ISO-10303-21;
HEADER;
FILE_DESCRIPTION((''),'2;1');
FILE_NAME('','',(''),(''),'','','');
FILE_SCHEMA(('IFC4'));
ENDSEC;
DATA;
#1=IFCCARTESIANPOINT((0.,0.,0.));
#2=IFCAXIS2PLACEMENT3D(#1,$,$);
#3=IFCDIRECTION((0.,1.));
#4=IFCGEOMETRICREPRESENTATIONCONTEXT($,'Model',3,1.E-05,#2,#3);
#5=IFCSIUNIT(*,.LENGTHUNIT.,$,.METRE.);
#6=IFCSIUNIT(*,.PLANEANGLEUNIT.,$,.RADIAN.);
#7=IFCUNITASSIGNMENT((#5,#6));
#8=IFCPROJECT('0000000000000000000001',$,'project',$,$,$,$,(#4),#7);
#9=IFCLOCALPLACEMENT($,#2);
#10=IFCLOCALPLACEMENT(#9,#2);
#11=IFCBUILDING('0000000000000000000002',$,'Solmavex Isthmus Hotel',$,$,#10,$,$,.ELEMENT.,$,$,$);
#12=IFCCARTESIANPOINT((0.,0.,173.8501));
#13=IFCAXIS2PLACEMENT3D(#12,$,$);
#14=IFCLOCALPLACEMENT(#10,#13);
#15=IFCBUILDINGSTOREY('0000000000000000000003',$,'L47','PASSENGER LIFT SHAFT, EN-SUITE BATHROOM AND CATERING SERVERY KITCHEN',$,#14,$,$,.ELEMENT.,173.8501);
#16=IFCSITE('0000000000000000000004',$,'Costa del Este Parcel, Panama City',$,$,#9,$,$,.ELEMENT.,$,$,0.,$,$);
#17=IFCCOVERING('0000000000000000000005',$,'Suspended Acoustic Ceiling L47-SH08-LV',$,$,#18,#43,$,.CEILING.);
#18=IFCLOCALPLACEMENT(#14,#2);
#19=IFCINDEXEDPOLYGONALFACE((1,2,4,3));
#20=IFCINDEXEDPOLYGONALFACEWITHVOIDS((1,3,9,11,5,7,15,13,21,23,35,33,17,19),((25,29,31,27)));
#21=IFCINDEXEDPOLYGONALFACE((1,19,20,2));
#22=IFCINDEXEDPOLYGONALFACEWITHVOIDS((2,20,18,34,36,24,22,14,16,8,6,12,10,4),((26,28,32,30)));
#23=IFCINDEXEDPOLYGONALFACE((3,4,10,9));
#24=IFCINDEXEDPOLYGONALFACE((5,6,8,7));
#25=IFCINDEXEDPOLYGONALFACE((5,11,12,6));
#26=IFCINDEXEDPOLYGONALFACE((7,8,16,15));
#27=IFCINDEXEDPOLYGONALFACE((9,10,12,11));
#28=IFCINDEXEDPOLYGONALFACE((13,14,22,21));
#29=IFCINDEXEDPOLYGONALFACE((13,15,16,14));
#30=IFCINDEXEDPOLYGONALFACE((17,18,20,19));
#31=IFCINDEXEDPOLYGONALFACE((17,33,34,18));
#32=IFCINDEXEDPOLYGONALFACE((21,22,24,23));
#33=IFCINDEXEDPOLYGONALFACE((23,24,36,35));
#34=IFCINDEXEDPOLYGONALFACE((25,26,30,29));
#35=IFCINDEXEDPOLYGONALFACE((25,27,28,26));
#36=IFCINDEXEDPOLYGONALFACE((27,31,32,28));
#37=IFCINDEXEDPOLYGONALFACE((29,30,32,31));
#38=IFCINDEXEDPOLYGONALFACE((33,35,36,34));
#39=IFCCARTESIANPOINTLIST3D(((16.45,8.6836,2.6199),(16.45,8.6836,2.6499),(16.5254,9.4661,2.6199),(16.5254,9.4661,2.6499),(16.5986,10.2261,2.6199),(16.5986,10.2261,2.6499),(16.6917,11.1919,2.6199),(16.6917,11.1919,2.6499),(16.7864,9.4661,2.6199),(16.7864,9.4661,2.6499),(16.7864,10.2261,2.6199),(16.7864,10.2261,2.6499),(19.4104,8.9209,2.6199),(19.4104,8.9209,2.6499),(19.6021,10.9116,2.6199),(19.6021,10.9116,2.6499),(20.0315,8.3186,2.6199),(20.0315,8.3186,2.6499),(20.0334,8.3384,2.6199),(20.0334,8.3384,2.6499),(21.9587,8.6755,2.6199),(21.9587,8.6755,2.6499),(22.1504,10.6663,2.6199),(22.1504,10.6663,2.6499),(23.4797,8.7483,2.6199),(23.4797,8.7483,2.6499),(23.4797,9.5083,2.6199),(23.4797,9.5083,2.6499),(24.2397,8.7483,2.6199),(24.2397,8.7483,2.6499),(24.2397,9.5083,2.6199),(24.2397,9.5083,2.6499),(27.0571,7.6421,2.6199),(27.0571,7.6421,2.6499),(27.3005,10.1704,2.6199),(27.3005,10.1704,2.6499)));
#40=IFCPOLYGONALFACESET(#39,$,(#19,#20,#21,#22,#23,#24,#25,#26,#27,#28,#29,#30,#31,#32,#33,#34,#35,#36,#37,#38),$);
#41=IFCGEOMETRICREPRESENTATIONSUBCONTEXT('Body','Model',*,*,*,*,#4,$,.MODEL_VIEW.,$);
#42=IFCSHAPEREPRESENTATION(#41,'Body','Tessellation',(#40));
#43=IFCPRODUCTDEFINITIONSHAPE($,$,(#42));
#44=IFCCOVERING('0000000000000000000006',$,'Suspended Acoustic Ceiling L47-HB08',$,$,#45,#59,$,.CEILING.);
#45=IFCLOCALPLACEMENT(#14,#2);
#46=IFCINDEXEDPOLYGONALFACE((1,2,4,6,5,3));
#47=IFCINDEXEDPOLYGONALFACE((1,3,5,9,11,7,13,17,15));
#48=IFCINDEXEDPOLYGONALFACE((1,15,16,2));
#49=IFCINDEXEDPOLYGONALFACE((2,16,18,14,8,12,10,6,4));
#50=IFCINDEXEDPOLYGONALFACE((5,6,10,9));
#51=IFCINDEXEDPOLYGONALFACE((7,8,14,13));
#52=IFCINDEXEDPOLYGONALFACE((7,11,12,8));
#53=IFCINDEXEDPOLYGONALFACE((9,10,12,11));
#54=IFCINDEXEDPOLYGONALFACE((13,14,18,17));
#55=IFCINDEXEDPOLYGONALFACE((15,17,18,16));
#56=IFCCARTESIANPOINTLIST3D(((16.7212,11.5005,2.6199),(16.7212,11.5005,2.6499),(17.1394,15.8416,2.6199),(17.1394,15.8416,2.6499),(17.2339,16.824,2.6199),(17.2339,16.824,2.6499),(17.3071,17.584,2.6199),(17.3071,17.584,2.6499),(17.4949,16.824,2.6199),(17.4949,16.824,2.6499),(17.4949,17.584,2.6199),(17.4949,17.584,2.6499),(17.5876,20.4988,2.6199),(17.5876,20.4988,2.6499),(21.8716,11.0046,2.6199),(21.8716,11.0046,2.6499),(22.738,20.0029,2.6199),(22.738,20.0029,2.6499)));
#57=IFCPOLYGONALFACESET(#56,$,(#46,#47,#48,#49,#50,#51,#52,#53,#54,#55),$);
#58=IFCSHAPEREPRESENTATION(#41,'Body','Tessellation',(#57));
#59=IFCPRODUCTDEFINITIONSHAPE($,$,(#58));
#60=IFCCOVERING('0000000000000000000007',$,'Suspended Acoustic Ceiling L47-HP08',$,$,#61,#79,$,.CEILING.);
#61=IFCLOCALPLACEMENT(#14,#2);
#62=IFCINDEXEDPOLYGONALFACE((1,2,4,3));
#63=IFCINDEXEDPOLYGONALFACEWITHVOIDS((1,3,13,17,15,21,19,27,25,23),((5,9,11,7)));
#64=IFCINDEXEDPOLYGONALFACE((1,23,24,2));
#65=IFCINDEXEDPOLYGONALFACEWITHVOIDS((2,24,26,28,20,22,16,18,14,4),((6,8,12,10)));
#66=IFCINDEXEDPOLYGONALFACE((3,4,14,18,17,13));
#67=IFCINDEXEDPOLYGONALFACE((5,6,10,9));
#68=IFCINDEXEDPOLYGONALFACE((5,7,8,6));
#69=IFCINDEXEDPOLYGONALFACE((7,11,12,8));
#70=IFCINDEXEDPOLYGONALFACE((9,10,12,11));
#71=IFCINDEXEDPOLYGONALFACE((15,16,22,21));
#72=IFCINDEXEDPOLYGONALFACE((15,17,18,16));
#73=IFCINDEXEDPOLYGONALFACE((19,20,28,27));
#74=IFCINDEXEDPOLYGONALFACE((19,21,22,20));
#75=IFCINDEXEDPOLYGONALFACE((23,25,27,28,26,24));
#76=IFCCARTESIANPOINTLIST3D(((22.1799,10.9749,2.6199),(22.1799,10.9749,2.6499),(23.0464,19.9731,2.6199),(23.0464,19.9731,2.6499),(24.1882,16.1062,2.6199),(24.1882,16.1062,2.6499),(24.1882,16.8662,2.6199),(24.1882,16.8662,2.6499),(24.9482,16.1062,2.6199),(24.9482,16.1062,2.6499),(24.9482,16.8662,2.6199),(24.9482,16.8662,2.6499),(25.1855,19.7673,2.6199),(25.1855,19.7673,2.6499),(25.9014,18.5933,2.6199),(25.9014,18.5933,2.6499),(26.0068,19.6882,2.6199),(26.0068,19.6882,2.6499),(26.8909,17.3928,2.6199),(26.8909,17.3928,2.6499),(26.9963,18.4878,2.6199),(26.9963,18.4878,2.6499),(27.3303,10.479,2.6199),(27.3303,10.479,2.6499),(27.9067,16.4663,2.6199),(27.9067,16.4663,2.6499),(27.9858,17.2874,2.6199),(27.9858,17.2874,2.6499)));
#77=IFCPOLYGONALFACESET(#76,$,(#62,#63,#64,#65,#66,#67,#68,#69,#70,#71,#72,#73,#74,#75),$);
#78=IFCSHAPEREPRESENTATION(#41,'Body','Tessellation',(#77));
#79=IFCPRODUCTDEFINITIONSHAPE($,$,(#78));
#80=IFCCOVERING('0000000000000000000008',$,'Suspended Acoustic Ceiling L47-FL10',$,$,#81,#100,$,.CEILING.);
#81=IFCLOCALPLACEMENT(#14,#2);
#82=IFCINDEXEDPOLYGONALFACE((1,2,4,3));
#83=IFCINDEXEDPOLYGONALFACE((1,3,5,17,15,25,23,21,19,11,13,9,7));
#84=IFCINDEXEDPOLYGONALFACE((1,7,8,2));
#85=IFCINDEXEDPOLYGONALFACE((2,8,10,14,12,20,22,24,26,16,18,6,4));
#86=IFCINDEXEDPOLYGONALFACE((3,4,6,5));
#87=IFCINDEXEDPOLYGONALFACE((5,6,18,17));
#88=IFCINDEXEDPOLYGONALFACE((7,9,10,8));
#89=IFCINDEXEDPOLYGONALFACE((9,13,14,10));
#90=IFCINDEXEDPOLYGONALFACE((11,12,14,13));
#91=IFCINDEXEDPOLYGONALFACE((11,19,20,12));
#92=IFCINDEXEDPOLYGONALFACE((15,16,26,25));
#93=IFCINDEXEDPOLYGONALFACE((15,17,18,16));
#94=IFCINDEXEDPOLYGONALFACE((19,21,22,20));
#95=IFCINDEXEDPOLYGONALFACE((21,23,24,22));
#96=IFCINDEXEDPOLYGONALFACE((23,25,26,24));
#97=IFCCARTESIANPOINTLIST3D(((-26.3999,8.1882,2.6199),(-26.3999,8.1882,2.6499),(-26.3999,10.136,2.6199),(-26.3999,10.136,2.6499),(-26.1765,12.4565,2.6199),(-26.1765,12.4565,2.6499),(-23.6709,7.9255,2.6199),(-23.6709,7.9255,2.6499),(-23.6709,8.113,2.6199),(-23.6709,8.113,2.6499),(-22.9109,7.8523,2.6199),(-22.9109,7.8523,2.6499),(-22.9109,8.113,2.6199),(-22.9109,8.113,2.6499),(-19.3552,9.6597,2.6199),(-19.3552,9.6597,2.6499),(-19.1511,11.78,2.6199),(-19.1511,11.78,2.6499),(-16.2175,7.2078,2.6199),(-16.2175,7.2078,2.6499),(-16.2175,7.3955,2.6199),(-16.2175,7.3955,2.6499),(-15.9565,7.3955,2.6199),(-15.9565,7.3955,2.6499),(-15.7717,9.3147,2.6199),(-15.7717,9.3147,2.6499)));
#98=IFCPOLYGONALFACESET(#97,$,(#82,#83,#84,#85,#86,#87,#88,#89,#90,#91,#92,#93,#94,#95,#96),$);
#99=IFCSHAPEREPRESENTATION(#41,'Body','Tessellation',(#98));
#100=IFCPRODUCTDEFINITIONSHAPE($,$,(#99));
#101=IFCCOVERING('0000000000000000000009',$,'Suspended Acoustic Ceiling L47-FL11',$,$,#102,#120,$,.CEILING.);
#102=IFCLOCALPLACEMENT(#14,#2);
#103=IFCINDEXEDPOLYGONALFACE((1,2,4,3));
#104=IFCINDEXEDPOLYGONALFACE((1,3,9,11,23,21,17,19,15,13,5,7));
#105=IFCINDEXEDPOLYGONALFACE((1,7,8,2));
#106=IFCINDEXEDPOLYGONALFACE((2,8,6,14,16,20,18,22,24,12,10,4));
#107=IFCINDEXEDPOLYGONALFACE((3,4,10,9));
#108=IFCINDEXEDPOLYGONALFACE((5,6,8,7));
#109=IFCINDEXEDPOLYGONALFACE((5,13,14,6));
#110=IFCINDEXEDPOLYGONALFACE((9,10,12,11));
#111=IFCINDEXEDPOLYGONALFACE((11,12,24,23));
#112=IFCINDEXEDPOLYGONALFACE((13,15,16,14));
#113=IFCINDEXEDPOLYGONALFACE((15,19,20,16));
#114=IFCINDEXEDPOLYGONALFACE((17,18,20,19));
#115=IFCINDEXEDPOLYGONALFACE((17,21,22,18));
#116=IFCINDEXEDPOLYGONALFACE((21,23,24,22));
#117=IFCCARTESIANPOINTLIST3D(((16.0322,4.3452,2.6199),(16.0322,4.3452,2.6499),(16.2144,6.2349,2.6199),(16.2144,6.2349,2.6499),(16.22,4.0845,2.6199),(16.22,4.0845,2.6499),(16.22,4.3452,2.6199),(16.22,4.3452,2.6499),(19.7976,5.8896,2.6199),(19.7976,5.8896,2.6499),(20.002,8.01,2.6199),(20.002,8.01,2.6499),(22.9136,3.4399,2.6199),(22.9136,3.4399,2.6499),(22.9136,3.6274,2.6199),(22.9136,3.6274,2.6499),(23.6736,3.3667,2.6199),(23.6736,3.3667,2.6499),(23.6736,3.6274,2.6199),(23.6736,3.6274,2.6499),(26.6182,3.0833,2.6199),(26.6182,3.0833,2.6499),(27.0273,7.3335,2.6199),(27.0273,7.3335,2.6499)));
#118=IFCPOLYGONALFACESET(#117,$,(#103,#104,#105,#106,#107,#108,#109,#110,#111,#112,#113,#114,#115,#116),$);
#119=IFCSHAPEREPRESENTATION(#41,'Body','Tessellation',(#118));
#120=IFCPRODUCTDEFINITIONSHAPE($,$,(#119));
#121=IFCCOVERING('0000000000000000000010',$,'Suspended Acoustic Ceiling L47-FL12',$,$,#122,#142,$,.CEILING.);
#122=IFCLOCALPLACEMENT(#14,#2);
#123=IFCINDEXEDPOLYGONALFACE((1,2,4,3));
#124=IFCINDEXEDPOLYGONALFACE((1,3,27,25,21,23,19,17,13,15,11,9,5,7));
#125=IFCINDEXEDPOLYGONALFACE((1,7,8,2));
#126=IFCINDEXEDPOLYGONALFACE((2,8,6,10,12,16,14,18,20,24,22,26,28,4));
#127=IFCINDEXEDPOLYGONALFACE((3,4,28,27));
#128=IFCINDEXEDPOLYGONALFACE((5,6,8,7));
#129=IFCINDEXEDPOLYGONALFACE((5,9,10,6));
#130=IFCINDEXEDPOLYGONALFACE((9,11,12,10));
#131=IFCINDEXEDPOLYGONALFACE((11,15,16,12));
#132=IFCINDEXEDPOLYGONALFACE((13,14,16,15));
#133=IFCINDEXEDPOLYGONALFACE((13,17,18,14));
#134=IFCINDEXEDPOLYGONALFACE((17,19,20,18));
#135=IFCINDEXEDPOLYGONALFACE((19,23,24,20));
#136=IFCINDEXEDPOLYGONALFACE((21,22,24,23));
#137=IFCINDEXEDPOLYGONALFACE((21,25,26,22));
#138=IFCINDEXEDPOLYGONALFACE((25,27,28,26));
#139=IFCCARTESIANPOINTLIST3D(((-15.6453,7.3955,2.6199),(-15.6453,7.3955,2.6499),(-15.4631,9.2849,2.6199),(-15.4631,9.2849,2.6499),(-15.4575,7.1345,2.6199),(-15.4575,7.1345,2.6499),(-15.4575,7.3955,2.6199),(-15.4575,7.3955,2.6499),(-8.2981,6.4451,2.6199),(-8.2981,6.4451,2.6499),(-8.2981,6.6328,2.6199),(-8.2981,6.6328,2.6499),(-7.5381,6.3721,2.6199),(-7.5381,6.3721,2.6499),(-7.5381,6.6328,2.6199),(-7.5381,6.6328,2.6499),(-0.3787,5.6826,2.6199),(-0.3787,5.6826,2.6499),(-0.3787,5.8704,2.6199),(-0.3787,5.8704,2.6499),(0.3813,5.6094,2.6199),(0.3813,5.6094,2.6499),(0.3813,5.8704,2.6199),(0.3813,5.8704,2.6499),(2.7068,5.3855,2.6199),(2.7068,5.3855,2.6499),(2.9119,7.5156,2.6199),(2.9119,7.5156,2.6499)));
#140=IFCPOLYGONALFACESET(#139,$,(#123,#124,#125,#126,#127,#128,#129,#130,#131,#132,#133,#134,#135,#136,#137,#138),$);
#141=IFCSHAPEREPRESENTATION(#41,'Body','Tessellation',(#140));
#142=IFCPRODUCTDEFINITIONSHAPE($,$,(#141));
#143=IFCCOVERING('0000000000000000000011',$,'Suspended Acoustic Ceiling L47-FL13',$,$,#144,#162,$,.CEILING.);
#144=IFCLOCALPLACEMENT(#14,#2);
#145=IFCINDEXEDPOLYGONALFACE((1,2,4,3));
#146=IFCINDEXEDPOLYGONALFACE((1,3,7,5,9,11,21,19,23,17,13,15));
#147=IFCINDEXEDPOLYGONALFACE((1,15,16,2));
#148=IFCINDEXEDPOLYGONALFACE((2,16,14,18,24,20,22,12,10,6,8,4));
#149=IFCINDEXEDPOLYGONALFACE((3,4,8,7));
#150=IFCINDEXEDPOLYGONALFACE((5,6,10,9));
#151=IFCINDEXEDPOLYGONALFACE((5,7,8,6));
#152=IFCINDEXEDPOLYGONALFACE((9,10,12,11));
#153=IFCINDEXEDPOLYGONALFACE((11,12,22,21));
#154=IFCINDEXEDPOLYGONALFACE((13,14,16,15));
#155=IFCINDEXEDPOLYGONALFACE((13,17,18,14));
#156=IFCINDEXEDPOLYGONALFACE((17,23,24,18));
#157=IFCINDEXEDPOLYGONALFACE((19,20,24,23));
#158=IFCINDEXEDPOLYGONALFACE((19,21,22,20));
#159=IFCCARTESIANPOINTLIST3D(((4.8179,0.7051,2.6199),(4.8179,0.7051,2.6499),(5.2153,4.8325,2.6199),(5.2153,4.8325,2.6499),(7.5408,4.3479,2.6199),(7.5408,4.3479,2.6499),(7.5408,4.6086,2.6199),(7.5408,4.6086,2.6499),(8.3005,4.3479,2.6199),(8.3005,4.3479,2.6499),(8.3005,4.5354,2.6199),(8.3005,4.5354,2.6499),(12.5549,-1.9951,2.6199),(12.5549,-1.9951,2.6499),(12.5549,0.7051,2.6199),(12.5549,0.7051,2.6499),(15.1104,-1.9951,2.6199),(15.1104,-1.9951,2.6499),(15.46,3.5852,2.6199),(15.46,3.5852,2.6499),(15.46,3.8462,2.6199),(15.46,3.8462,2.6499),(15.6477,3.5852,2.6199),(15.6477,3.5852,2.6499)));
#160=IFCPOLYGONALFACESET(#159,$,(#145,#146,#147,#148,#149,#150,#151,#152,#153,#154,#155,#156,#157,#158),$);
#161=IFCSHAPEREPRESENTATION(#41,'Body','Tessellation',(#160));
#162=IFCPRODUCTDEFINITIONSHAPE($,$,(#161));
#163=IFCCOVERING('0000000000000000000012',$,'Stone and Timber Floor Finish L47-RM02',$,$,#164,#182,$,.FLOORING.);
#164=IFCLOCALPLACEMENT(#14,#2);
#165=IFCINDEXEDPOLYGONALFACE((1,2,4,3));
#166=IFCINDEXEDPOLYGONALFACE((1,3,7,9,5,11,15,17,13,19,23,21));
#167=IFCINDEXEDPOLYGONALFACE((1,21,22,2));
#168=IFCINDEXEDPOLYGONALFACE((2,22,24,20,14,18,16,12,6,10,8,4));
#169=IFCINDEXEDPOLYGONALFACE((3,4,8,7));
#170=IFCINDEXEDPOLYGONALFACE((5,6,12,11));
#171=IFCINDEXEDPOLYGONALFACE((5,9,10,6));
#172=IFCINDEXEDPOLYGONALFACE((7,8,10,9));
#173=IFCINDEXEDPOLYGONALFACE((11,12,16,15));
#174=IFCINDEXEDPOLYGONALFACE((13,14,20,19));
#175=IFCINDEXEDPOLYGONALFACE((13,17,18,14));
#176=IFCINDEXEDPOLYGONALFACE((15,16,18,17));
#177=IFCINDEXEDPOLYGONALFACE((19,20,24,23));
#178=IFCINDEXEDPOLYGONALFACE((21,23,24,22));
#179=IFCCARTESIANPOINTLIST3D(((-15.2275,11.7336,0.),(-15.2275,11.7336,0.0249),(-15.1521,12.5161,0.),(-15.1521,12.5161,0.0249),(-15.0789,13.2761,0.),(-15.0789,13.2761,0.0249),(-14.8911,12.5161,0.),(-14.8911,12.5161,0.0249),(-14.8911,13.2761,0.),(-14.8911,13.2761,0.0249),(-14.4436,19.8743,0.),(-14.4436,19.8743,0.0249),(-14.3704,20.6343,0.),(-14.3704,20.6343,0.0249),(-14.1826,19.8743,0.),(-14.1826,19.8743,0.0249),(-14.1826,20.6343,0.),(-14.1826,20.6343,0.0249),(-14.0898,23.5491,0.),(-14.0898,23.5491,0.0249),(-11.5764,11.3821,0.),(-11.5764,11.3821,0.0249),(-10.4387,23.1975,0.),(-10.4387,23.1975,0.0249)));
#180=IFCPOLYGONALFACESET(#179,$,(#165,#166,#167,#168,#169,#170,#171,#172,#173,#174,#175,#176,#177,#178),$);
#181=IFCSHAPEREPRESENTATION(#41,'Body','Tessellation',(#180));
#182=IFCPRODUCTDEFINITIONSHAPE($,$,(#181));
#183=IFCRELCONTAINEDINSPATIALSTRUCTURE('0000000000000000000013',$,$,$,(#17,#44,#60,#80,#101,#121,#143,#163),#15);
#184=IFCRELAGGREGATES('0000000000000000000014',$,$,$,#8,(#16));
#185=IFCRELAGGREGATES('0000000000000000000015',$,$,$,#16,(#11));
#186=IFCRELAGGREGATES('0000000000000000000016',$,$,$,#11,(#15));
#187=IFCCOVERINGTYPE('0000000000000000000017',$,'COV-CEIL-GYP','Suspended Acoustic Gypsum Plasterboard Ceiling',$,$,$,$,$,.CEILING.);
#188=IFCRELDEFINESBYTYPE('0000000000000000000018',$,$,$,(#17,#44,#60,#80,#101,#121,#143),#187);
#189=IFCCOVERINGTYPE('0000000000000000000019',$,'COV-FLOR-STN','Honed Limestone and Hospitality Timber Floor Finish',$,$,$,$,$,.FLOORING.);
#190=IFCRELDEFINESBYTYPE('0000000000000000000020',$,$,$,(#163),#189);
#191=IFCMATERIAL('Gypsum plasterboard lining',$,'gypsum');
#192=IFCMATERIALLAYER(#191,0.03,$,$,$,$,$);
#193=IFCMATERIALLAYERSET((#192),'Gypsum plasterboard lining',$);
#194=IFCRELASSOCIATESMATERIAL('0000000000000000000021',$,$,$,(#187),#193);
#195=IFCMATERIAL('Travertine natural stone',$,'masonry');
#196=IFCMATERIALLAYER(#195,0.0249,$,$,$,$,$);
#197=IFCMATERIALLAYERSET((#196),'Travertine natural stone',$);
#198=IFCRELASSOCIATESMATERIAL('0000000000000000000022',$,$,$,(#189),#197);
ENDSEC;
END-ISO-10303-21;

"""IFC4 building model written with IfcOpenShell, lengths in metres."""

from ifc_helpers import new_model, si_unit, direction, frame, origin, place, context, subcontext, project, spatial, polyline, outline, extrude, material, layer, layer_set, type_object, element, save


model = new_model("IFC4")

# Units and contexts
model_context = context("Model", 3, precision=1e-05, world=origin(), true_north=direction((0.0, 1.0)))
body_context = subcontext(model_context, "Body", "Model", "MODEL_VIEW")
ifc_project = project(units=[si_unit("LENGTHUNIT", "METRE"), si_unit("PLANEANGLEUNIT", "RADIAN")], contexts=[model_context])

# Site, building, storey
site_placement = place(None, origin())
site = spatial("IfcSite", under=ifc_project, at=site_placement, Name="Costa del Este Parcel, Panama City", CompositionType="ELEMENT", RefElevation=0.0)
building_placement = place(site_placement, origin())
building = spatial("IfcBuilding", under=site, at=building_placement, Name="Solmavex Isthmus Hotel", CompositionType="ELEMENT")
storey_placement = place(building_placement, frame((0.0, 0.0, 173.8501)))
storey = spatial("IfcBuildingStorey", under=building, at=storey_placement, Name="L47", Description="PASSENGER LIFT SHAFT, EN-SUITE BATHROOM AND CATERING SERVERY KITCHEN", CompositionType="ELEMENT", Elevation=173.8501)

# Shared definitions
ifc_material_1 = material(Name="Gypsum plasterboard lining", Category="gypsum")

# Coverings
ifc_layer_1 = layer(ifc_material_1, 0.03)
ifc_layer_set_1 = layer_set([ifc_layer_1], Name="Gypsum plasterboard lining")
covering_type_1 = type_object("IfcCoveringType", Name="COV-CEIL-GYP", Description="Suspended Acoustic Gypsum Plasterboard Ceiling", PredefinedType="CEILING", material=ifc_layer_set_1)
covering_1_placement = place(storey_placement, frame((0.0, 0.0, 2.6199)))
element("IfcCovering", 1, at=covering_1_placement, inside=storey, type_object=covering_type_1, Name="Suspended Acoustic Ceiling L47-SH08-LV", PredefinedType="CEILING", context=body_context, shape_type="SweptSolid", body=[
    extrude(outline(polyline([(16.5986, 10.2261), (16.7864, 10.2261), (16.7864, 9.4661), (16.5254, 9.4661), (16.45, 8.6836), (20.0334, 8.3384), (20.0315, 8.3186), (27.0571, 7.6421), (27.3005, 10.1704), (22.1504, 10.6663), (21.9587, 8.6755), (19.4104, 8.9209), (19.6021, 10.9116), (16.6917, 11.1919), (16.5986, 10.2261)]), holes=[polyline([(23.4797, 8.7483), (23.4797, 9.5083), (24.2397, 9.5083), (24.2397, 8.7483), (23.4797, 8.7483)])]), origin(), (0.0, 0.0, 1.0), 0.03),
])
covering_2_placement = place(storey_placement, frame((0.0, 0.0, 2.6199)))
element("IfcCovering", 2, at=covering_2_placement, inside=storey, type_object=covering_type_1, Name="Suspended Acoustic Ceiling L47-HB08", PredefinedType="CEILING", context=body_context, shape_type="SweptSolid", body=[
    extrude(outline(polyline([(17.3071, 17.584), (17.4949, 17.584), (17.4949, 16.824), (17.2339, 16.824), (17.1394, 15.8416), (16.7212, 11.5005), (21.8716, 11.0046), (22.738, 20.0029), (17.5876, 20.4988), (17.3071, 17.584)])), origin(), (0.0, 0.0, 1.0), 0.03),
])
covering_3_placement = place(storey_placement, frame((0.0, 0.0, 2.6199)))
element("IfcCovering", 3, at=covering_3_placement, inside=storey, type_object=covering_type_1, Name="Suspended Acoustic Ceiling L47-HP08", PredefinedType="CEILING", context=body_context, shape_type="SweptSolid", body=[
    extrude(outline(polyline([(26.0068, 19.6882), (25.1855, 19.7673), (23.0464, 19.9731), (22.1799, 10.9749), (27.3303, 10.479), (27.9067, 16.4663), (27.9858, 17.2874), (26.8909, 17.3928), (26.9963, 18.4878), (25.9014, 18.5933), (26.0068, 19.6882)]), holes=[polyline([(24.1882, 16.1062), (24.1882, 16.8662), (24.9482, 16.8662), (24.9482, 16.1062), (24.1882, 16.1062)])]), origin(), (0.0, 0.0, 1.0), 0.03),
])
covering_4_placement = place(storey_placement, frame((0.0, 0.0, 2.6199)))
element("IfcCovering", 4, at=covering_4_placement, inside=storey, type_object=covering_type_1, Name="Suspended Acoustic Ceiling L47-FL10", PredefinedType="CEILING", context=body_context, shape_type="SweptSolid", body=[
    extrude(outline(polyline([(-16.2175, 7.2078), (-16.2175, 7.3955), (-15.9565, 7.3955), (-15.7717, 9.3147), (-19.3552, 9.6597), (-19.1511, 11.78), (-26.1765, 12.4565), (-26.3999, 10.136), (-26.3999, 8.1882), (-23.6709, 7.9255), (-23.6709, 8.113), (-22.9109, 8.113), (-22.9109, 7.8523), (-16.2175, 7.2078)])), origin(), (0.0, 0.0, 1.0), 0.03),
])
covering_5_placement = place(storey_placement, frame((0.0, 0.0, 2.6199)))
element("IfcCovering", 5, at=covering_5_placement, inside=storey, type_object=covering_type_1, Name="Suspended Acoustic Ceiling L47-FL11", PredefinedType="CEILING", context=body_context, shape_type="SweptSolid", body=[
    extrude(outline(polyline([(22.9136, 3.4399), (22.9136, 3.6274), (23.6736, 3.6274), (23.6736, 3.3667), (26.6182, 3.0833), (27.0273, 7.3335), (20.002, 8.01), (19.7976, 5.8896), (16.2144, 6.2349), (16.0322, 4.3452), (16.22, 4.3452), (16.22, 4.0845), (22.9136, 3.4399)])), origin(), (0.0, 0.0, 1.0), 0.03),
])
covering_6_placement = place(storey_placement, frame((0.0, 0.0, 2.6199)))
element("IfcCovering", 6, at=covering_6_placement, inside=storey, type_object=covering_type_1, Name="Suspended Acoustic Ceiling L47-FL12", PredefinedType="CEILING", context=body_context, shape_type="SweptSolid", body=[
    extrude(outline(polyline([(-0.3787, 5.6826), (-0.3787, 5.8704), (0.3813, 5.8704), (0.3813, 5.6094), (2.7068, 5.3855), (2.9119, 7.5156), (-15.4631, 9.2849), (-15.6453, 7.3955), (-15.4575, 7.3955), (-15.4575, 7.1345), (-8.2981, 6.4451), (-8.2981, 6.6328), (-7.5381, 6.6328), (-7.5381, 6.3721), (-0.3787, 5.6826)])), origin(), (0.0, 0.0, 1.0), 0.03),
])
covering_7_placement = place(storey_placement, frame((0.0, 0.0, 2.6199)))
element("IfcCovering", 7, at=covering_7_placement, inside=storey, type_object=covering_type_1, Name="Suspended Acoustic Ceiling L47-FL13", PredefinedType="CEILING", context=body_context, shape_type="SweptSolid", body=[
    extrude(outline(polyline([(8.3005, 4.5354), (8.3005, 4.3479), (7.5408, 4.3479), (7.5408, 4.6086), (5.2153, 4.8325), (4.8179, 0.7051), (12.5549, 0.7051), (12.5549, -1.9951), (15.1104, -1.9951), (15.6477, 3.5852), (15.46, 3.5852), (15.46, 3.8462), (8.3005, 4.5354)])), origin(), (0.0, 0.0, 1.0), 0.03),
])
ifc_material_2 = material(Name="Travertine natural stone", Category="masonry")
ifc_layer_2 = layer(ifc_material_2, 0.0249)
ifc_layer_set_2 = layer_set([ifc_layer_2], Name="Travertine natural stone")
covering_type_2 = type_object("IfcCoveringType", Name="COV-FLOR-STN", Description="Honed Limestone and Hospitality Timber Floor Finish", PredefinedType="FLOORING", material=ifc_layer_set_2)
covering_8_placement = place(storey_placement, origin())
element("IfcCovering", 8, at=covering_8_placement, inside=storey, type_object=covering_type_2, Name="Stone and Timber Floor Finish L47-RM02", PredefinedType="FLOORING", context=body_context, shape_type="SweptSolid", body=[
    extrude(outline(polyline([(-15.0789, 13.2761), (-14.8911, 13.2761), (-14.8911, 12.5161), (-15.1521, 12.5161), (-15.2275, 11.7336), (-11.5764, 11.3821), (-10.4387, 23.1975), (-14.0898, 23.5491), (-14.3704, 20.6343), (-14.1826, 20.6343), (-14.1826, 19.8743), (-14.4436, 19.8743), (-15.0789, 13.2761)])), origin(), (0.0, 0.0, 1.0), 0.0249),
])

save(model, "model.ifc")
